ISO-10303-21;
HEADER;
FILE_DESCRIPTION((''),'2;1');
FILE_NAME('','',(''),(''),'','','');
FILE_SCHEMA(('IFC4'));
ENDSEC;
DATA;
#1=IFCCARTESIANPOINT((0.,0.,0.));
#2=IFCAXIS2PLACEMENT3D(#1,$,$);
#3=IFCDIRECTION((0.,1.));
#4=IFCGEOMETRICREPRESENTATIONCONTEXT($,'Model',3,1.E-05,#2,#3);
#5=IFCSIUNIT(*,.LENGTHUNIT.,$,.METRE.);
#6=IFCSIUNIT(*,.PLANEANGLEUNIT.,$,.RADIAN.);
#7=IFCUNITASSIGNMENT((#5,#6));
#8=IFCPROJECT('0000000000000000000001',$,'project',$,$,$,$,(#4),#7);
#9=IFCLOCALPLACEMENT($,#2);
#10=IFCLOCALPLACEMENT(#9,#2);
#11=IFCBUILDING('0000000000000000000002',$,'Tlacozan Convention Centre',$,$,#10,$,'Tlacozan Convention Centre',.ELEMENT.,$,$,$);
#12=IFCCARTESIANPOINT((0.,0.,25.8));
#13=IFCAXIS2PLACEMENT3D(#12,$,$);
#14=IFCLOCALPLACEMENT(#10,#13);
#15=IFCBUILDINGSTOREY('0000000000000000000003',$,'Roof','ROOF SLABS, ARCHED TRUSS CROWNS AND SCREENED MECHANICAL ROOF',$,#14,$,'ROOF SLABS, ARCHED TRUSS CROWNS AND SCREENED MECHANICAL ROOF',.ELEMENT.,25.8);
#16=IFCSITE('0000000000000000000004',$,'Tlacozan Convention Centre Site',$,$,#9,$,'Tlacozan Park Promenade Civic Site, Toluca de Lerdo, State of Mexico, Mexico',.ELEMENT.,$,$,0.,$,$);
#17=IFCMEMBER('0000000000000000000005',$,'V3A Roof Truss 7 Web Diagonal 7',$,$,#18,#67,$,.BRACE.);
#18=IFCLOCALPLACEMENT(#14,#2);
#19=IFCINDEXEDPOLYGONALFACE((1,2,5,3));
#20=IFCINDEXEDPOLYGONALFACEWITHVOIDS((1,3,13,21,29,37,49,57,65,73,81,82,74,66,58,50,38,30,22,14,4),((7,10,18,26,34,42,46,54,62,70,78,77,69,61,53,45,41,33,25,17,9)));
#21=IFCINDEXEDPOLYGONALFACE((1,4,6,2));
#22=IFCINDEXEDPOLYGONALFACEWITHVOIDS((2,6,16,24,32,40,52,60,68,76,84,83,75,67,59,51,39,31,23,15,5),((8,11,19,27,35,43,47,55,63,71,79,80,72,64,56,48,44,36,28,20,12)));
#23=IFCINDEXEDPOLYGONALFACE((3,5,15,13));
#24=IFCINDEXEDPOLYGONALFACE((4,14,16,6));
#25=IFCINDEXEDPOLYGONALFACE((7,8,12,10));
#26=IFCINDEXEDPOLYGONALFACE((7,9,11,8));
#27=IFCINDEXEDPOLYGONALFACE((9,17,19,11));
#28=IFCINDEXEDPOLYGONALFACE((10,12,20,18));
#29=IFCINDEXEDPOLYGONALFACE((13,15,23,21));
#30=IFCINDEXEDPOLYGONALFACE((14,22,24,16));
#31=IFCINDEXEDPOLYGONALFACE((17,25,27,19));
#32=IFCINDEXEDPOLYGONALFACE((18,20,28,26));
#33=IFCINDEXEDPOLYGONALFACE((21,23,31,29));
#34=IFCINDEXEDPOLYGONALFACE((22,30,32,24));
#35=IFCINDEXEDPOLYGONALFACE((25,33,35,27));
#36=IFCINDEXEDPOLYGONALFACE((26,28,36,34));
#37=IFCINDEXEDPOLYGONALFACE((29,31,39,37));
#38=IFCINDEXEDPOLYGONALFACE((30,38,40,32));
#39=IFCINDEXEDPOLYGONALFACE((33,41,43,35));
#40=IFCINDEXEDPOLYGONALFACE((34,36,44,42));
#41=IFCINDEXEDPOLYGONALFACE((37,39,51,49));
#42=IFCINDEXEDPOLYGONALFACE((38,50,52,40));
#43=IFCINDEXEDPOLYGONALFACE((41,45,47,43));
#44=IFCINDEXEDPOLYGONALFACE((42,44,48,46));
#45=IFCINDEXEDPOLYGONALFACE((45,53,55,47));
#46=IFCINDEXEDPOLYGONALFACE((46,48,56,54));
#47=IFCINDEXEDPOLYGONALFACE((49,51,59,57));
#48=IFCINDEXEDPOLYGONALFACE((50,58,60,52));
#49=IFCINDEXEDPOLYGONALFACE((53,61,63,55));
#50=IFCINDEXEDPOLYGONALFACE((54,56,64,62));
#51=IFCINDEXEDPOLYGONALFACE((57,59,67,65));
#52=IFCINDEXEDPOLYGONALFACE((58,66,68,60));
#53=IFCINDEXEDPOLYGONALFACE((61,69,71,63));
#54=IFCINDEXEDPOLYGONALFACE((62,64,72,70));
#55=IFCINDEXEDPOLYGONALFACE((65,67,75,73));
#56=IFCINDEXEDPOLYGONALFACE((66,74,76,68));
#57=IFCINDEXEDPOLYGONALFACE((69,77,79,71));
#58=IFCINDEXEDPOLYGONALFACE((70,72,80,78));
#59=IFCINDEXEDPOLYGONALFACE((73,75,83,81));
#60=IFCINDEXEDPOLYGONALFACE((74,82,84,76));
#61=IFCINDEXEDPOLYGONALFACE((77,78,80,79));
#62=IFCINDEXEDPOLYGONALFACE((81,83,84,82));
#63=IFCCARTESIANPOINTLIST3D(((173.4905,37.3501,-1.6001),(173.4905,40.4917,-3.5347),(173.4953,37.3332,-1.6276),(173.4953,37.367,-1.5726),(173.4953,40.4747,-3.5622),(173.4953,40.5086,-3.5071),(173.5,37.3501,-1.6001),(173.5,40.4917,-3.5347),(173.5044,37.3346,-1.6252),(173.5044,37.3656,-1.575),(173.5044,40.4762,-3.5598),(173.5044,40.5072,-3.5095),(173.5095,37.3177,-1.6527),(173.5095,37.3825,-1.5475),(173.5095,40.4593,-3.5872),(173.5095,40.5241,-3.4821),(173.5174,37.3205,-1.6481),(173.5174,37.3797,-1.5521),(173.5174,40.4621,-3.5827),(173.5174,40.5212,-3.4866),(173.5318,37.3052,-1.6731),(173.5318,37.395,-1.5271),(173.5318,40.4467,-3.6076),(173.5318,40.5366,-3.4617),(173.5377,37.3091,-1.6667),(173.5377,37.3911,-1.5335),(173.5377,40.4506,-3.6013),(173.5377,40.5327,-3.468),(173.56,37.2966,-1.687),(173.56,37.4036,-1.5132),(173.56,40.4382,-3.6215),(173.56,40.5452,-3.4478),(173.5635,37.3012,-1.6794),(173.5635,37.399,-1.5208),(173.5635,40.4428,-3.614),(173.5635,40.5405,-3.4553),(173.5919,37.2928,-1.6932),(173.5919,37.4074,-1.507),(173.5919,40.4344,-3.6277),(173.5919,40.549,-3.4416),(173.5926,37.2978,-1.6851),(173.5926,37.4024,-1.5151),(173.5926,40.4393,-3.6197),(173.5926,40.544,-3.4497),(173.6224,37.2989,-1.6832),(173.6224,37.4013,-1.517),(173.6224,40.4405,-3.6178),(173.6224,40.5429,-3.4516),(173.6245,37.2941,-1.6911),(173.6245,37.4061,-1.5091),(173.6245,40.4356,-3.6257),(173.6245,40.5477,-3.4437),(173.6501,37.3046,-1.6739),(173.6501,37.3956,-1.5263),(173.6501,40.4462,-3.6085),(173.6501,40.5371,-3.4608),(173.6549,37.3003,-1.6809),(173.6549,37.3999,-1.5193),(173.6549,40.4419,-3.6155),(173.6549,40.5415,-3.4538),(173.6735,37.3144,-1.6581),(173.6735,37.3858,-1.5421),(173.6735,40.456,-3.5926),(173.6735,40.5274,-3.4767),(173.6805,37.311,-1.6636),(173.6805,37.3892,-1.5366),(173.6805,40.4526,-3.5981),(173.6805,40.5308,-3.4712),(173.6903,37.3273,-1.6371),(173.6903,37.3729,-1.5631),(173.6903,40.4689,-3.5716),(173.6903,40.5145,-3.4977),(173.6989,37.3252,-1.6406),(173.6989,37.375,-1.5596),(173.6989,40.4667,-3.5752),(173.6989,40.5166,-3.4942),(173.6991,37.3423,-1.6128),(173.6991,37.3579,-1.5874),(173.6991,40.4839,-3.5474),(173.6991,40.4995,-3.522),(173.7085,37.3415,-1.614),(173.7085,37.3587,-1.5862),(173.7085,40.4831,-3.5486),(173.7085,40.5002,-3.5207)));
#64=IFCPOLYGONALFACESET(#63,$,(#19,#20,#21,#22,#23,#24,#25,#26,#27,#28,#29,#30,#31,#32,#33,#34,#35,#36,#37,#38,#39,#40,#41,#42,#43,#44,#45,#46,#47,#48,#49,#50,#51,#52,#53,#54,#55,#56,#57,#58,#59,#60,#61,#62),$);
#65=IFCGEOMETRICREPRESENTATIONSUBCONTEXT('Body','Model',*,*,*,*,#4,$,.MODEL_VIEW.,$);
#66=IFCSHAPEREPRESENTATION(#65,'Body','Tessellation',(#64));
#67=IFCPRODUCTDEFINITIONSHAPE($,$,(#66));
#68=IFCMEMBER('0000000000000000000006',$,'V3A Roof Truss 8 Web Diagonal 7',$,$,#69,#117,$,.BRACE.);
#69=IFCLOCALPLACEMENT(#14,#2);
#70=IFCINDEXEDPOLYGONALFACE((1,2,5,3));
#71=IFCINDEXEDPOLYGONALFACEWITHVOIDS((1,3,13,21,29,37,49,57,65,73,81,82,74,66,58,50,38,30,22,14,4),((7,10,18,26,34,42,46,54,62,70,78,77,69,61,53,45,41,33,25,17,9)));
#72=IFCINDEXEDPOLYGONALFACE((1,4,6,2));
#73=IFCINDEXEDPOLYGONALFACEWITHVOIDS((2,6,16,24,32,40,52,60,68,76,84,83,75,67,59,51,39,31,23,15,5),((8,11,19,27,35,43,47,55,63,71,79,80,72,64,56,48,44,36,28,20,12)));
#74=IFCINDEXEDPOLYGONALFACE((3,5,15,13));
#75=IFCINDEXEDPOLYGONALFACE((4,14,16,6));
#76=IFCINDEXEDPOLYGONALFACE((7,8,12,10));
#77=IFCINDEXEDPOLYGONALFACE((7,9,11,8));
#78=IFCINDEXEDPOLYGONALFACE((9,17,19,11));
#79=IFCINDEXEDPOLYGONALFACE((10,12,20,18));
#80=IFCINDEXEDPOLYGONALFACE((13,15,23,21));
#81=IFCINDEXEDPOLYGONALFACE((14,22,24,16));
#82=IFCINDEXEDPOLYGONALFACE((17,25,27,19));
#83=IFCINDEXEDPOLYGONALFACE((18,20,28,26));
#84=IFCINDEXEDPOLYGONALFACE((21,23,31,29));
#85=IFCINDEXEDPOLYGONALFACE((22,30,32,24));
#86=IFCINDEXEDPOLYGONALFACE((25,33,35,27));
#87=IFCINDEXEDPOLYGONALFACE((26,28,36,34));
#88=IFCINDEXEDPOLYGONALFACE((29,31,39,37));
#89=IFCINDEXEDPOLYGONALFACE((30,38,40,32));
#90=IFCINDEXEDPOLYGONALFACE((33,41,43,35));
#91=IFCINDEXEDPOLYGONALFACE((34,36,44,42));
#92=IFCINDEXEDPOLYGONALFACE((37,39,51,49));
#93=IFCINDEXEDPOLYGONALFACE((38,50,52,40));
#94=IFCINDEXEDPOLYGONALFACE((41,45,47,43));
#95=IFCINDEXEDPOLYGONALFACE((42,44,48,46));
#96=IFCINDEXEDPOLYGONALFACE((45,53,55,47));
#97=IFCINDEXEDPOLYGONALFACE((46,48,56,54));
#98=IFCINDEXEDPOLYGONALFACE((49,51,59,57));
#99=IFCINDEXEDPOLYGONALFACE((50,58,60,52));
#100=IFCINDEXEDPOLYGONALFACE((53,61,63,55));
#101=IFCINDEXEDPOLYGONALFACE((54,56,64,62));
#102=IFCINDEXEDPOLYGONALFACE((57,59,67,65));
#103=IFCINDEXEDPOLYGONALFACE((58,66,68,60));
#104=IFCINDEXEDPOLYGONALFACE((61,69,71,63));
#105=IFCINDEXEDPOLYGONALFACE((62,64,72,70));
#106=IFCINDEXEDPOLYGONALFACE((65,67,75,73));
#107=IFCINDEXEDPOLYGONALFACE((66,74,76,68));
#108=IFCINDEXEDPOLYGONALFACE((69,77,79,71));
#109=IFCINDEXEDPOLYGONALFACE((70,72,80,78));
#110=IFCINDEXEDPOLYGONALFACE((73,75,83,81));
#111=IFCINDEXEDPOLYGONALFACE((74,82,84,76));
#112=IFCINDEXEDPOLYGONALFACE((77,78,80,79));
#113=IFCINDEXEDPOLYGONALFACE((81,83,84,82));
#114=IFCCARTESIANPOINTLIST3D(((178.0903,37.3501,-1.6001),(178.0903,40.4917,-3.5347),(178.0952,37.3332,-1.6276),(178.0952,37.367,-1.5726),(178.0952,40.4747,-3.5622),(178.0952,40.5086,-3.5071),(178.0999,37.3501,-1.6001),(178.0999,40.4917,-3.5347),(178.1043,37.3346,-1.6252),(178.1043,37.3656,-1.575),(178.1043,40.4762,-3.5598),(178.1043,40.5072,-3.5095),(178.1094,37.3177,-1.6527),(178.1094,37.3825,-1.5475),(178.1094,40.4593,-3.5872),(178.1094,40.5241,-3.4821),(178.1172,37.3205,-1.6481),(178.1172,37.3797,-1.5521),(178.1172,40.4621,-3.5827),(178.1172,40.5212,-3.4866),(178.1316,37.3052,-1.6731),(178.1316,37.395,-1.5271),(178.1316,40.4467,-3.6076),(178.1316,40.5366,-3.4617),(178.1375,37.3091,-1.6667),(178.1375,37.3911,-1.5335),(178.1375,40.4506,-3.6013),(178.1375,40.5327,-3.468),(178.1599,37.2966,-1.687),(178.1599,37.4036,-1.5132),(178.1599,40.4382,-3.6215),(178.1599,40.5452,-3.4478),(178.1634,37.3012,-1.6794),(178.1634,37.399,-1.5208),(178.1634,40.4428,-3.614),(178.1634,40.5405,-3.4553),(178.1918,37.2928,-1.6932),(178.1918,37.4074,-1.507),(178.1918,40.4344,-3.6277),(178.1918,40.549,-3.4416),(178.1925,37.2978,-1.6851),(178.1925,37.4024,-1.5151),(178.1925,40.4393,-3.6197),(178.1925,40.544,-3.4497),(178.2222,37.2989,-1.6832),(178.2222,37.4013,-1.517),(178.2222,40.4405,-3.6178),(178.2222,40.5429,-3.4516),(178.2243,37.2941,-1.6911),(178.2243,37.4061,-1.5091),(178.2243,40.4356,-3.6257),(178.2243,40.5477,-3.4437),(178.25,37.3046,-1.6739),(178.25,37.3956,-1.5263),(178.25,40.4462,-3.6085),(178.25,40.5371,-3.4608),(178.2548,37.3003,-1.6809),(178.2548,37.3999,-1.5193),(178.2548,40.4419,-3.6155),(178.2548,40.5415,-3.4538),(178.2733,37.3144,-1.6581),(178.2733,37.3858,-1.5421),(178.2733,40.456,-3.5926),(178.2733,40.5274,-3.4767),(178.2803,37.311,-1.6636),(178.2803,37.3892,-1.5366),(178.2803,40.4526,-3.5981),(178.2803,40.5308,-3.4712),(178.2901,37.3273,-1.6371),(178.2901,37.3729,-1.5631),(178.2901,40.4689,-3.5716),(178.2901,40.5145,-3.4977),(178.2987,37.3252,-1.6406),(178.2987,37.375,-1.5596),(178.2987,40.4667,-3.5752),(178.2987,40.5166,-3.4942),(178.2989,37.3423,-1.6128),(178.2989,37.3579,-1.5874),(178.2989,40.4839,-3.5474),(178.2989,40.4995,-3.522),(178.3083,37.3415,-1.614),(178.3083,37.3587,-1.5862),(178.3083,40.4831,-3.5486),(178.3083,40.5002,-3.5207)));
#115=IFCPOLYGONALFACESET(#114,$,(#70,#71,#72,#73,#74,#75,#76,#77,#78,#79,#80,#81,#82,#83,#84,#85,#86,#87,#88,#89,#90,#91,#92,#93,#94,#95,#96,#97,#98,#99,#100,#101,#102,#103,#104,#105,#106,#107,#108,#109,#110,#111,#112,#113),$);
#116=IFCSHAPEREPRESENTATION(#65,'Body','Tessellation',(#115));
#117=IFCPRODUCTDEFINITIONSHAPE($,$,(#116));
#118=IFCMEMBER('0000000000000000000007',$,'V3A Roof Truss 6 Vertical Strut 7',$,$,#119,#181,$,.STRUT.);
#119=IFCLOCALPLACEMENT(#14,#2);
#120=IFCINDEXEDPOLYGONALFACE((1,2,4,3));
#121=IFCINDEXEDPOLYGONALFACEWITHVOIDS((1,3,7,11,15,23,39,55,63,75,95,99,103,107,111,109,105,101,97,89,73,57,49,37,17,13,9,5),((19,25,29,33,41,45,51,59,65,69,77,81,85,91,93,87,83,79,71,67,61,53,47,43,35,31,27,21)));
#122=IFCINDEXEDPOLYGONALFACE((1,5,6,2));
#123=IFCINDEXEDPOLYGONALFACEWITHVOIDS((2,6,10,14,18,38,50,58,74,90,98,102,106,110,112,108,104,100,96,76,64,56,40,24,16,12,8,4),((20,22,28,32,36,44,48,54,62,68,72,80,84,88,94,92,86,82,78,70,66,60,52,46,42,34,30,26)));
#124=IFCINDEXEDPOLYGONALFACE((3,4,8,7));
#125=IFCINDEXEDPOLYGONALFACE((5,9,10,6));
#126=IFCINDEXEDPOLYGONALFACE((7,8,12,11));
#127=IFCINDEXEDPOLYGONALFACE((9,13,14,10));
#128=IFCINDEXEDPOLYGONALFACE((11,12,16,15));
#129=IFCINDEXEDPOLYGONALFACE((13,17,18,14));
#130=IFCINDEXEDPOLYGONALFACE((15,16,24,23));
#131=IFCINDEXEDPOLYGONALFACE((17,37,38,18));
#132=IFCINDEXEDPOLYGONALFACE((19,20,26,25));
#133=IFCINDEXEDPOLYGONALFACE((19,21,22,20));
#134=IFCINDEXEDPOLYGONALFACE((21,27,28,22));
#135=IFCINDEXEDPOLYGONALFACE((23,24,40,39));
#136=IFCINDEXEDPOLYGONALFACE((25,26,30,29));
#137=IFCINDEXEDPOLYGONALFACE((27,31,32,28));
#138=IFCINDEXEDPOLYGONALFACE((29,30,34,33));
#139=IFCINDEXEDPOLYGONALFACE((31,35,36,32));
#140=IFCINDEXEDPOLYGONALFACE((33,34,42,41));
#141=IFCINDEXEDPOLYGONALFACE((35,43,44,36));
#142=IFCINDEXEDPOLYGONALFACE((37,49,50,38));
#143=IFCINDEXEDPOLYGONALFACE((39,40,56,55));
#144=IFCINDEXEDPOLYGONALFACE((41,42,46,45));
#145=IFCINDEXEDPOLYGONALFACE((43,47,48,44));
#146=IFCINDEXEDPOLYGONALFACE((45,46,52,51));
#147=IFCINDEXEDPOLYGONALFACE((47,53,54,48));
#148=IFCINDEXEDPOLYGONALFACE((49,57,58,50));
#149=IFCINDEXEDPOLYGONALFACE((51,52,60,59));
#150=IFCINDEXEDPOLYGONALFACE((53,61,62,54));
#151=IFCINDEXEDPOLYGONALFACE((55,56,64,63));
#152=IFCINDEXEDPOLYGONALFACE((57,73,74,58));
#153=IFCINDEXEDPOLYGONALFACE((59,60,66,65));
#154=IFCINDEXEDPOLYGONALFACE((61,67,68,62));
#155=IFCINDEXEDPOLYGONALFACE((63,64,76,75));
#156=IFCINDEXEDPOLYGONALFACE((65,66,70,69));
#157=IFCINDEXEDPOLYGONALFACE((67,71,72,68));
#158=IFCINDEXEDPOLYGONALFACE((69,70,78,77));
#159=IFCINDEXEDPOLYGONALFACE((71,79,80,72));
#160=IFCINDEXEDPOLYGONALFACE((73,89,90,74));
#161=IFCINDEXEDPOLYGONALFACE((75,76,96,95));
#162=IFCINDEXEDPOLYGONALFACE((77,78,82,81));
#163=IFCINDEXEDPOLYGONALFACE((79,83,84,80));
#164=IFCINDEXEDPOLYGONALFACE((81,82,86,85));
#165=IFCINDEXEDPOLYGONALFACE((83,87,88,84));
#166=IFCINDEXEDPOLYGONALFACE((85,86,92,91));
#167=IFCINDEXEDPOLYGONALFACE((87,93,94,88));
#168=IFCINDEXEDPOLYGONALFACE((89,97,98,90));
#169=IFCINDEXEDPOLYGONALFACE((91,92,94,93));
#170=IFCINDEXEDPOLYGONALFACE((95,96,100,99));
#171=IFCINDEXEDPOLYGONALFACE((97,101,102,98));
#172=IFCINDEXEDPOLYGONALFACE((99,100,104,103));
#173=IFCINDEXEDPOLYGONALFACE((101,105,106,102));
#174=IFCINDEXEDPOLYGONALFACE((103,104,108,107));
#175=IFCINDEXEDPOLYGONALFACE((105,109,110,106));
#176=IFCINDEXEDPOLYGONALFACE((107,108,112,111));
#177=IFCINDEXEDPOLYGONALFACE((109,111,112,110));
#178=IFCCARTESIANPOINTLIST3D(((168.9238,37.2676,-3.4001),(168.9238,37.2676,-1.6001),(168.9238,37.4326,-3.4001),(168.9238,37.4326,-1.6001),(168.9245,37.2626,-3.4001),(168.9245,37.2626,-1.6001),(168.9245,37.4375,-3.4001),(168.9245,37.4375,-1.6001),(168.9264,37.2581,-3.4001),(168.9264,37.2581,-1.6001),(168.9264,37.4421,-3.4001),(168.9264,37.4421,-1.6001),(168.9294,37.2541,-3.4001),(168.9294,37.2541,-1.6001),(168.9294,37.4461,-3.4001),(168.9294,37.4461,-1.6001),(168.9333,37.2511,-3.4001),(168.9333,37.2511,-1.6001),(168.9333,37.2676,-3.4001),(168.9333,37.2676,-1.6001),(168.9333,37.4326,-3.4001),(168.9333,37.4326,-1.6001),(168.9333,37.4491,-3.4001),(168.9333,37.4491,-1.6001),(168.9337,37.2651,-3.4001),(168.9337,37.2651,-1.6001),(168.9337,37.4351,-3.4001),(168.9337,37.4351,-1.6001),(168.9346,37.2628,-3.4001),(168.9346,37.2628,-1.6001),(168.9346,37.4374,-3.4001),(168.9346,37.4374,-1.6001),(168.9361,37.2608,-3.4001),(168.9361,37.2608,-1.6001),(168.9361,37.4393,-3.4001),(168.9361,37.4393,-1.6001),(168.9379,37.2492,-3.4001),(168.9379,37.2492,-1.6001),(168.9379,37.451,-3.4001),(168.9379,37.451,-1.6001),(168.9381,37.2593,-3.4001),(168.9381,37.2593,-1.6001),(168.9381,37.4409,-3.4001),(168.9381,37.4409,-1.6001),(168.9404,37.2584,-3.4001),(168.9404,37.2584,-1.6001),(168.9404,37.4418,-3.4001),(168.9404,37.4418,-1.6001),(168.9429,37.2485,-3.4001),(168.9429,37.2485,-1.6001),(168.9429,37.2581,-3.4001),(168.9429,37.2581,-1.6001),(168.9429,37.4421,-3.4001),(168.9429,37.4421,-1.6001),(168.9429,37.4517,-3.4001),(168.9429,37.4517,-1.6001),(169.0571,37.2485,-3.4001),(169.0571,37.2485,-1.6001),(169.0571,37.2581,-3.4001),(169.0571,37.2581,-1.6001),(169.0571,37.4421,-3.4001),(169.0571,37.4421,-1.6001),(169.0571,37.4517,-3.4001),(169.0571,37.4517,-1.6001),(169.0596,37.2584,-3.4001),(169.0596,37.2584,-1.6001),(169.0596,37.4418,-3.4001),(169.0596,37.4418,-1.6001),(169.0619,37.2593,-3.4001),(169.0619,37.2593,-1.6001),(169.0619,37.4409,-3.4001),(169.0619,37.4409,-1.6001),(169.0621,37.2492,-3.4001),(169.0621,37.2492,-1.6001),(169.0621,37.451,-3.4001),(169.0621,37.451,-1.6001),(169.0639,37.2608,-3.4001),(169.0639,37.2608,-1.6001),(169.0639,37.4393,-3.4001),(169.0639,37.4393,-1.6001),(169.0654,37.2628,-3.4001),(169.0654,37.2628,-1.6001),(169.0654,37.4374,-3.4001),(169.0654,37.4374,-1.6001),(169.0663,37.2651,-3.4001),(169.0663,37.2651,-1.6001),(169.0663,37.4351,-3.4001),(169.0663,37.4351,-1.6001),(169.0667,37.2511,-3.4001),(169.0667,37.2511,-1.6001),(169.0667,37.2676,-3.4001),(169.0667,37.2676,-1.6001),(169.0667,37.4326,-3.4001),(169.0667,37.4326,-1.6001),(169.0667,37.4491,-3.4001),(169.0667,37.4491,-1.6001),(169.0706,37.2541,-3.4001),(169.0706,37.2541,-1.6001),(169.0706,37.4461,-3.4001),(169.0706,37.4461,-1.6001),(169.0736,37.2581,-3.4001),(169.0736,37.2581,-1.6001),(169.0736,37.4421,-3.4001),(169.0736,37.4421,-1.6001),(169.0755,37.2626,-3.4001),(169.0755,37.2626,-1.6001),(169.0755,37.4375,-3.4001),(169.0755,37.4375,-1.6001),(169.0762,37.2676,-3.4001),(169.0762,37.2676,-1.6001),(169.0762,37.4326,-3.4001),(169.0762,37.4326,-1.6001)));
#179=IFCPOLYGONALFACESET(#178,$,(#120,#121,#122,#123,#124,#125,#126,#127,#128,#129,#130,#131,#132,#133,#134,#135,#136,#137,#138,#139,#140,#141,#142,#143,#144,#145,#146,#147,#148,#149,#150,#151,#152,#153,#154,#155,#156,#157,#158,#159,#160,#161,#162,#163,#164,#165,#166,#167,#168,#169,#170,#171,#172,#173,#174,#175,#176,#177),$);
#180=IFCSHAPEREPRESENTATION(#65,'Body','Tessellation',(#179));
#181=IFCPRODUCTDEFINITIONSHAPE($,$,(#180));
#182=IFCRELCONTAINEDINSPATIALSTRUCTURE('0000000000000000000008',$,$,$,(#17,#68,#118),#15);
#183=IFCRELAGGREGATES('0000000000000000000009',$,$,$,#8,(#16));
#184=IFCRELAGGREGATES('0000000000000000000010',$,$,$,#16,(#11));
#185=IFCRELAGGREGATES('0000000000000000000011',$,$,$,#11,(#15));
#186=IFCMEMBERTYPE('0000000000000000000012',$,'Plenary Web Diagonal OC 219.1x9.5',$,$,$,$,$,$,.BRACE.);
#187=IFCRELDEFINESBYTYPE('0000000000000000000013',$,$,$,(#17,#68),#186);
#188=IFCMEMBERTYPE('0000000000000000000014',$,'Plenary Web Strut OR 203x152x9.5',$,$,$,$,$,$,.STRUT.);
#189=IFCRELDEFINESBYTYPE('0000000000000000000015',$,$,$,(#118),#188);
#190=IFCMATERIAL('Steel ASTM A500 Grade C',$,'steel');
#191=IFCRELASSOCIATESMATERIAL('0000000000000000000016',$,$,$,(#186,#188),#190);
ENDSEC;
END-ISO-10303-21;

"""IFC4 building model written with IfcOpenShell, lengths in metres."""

from ifc_helpers import new_model, si_unit, direction, frame, origin, origin_2d, place, context, subcontext, project, spatial, hollow_rectangle, hollow_circle, extrude, material, material_profile, profile_set, type_object, element, save


model = new_model("IFC4")

# Units and contexts
model_context = context("Model", 3, precision=1e-05, world=origin(), true_north=direction((0.0, 1.0)))
body_context = subcontext(model_context, "Body", "Model", "MODEL_VIEW")
ifc_project = project(units=[si_unit("LENGTHUNIT", "METRE"), si_unit("PLANEANGLEUNIT", "RADIAN")], contexts=[model_context])

# Site, building, storey
site_placement = place(None, origin())
site = spatial("IfcSite", under=ifc_project, at=site_placement, Name="Tlacozan Convention Centre Site", LongName="Tlacozan Park Promenade Civic Site, Toluca de Lerdo, State of Mexico, Mexico", CompositionType="ELEMENT", RefElevation=0.0)
building_placement = place(site_placement, origin())
building = spatial("IfcBuilding", under=site, at=building_placement, Name="Tlacozan Convention Centre", LongName="Tlacozan Convention Centre", CompositionType="ELEMENT")
storey_placement = place(building_placement, frame((0.0, 0.0, 25.8)))
storey = spatial("IfcBuildingStorey", under=building, at=storey_placement, Name="Roof", Description="ROOF SLABS, ARCHED TRUSS CROWNS AND SCREENED MECHANICAL ROOF", LongName="ROOF SLABS, ARCHED TRUSS CROWNS AND SCREENED MECHANICAL ROOF", CompositionType="ELEMENT", Elevation=25.8)

# Members
ifc_material_1 = material(Name="Steel ASTM A500 Grade C", Category="steel")
ifc_material_profile_1 = material_profile(ifc_material_1, hollow_circle(Radius=0.1096, WallThickness=0.0095, at=origin_2d()), Name="OC 219.1x9.5")
ifc_profile_set_1 = profile_set([ifc_material_profile_1], Name="Steel ASTM A500 Grade C")
member_type_1 = type_object("IfcMemberType", Name="Plenary Web Diagonal OC 219.1x9.5", PredefinedType="BRACE", material=ifc_profile_set_1)
for number, where, z_axis, x_axis, name in (
    (1, (173.6001, 37.3501, -1.6001), (0.0, 0.851504, -0.524348), (-1.0, 0.0, 0.0), "V3A Roof Truss 7 Web Diagonal 7"),
    (2, (178.2, 37.3501, -1.6001), (0.0, 0.851504, -0.524348), (-1.0, 0.0, 0.0), "V3A Roof Truss 8 Web Diagonal 7"),
):
    element("IfcMember", number, at=place(storey_placement, frame(where, z_axis=z_axis, x_axis=x_axis)), inside=storey, type_object=member_type_1, Name=name, PredefinedType="BRACE", context=body_context, shape_type="SweptSolid", body=[
        extrude(hollow_circle(Radius=0.1096, WallThickness=0.0095, at=origin_2d()), origin(), (0.0, 0.0, 1.0), 3.6895),
    ])
ifc_material_profile_2 = material_profile(ifc_material_1, hollow_rectangle(XDim=0.1523, YDim=0.2031, WallThickness=0.0095, InnerFilletRadius=0.0095, OuterFilletRadius=0.019, at=origin_2d()), Name="OR 203x152x9.5")
ifc_profile_set_2 = profile_set([ifc_material_profile_2], Name="Steel ASTM A500 Grade C")
member_type_2 = type_object("IfcMemberType", Name="Plenary Web Strut OR 203x152x9.5", PredefinedType="STRUT", material=ifc_profile_set_2)
for number, where, z_axis, x_axis, name in (
    (3, (169.0, 37.3501, -3.4001), (0.0, 0.0, 1.0), (1.0, 0.0, 0.0), "V3A Roof Truss 6 Vertical Strut 7"),
):
    element("IfcMember", number, at=place(storey_placement, frame(where, z_axis=z_axis, x_axis=x_axis)), inside=storey, type_object=member_type_2, Name=name, PredefinedType="STRUT", context=body_context, shape_type="SweptSolid", body=[
        extrude(hollow_rectangle(XDim=0.1523, YDim=0.2031, WallThickness=0.0095, InnerFilletRadius=0.0095, OuterFilletRadius=0.019, at=origin_2d()), origin(), (0.0, 0.0, 1.0), 1.8),
    ])

save(model, "model.ifc")
